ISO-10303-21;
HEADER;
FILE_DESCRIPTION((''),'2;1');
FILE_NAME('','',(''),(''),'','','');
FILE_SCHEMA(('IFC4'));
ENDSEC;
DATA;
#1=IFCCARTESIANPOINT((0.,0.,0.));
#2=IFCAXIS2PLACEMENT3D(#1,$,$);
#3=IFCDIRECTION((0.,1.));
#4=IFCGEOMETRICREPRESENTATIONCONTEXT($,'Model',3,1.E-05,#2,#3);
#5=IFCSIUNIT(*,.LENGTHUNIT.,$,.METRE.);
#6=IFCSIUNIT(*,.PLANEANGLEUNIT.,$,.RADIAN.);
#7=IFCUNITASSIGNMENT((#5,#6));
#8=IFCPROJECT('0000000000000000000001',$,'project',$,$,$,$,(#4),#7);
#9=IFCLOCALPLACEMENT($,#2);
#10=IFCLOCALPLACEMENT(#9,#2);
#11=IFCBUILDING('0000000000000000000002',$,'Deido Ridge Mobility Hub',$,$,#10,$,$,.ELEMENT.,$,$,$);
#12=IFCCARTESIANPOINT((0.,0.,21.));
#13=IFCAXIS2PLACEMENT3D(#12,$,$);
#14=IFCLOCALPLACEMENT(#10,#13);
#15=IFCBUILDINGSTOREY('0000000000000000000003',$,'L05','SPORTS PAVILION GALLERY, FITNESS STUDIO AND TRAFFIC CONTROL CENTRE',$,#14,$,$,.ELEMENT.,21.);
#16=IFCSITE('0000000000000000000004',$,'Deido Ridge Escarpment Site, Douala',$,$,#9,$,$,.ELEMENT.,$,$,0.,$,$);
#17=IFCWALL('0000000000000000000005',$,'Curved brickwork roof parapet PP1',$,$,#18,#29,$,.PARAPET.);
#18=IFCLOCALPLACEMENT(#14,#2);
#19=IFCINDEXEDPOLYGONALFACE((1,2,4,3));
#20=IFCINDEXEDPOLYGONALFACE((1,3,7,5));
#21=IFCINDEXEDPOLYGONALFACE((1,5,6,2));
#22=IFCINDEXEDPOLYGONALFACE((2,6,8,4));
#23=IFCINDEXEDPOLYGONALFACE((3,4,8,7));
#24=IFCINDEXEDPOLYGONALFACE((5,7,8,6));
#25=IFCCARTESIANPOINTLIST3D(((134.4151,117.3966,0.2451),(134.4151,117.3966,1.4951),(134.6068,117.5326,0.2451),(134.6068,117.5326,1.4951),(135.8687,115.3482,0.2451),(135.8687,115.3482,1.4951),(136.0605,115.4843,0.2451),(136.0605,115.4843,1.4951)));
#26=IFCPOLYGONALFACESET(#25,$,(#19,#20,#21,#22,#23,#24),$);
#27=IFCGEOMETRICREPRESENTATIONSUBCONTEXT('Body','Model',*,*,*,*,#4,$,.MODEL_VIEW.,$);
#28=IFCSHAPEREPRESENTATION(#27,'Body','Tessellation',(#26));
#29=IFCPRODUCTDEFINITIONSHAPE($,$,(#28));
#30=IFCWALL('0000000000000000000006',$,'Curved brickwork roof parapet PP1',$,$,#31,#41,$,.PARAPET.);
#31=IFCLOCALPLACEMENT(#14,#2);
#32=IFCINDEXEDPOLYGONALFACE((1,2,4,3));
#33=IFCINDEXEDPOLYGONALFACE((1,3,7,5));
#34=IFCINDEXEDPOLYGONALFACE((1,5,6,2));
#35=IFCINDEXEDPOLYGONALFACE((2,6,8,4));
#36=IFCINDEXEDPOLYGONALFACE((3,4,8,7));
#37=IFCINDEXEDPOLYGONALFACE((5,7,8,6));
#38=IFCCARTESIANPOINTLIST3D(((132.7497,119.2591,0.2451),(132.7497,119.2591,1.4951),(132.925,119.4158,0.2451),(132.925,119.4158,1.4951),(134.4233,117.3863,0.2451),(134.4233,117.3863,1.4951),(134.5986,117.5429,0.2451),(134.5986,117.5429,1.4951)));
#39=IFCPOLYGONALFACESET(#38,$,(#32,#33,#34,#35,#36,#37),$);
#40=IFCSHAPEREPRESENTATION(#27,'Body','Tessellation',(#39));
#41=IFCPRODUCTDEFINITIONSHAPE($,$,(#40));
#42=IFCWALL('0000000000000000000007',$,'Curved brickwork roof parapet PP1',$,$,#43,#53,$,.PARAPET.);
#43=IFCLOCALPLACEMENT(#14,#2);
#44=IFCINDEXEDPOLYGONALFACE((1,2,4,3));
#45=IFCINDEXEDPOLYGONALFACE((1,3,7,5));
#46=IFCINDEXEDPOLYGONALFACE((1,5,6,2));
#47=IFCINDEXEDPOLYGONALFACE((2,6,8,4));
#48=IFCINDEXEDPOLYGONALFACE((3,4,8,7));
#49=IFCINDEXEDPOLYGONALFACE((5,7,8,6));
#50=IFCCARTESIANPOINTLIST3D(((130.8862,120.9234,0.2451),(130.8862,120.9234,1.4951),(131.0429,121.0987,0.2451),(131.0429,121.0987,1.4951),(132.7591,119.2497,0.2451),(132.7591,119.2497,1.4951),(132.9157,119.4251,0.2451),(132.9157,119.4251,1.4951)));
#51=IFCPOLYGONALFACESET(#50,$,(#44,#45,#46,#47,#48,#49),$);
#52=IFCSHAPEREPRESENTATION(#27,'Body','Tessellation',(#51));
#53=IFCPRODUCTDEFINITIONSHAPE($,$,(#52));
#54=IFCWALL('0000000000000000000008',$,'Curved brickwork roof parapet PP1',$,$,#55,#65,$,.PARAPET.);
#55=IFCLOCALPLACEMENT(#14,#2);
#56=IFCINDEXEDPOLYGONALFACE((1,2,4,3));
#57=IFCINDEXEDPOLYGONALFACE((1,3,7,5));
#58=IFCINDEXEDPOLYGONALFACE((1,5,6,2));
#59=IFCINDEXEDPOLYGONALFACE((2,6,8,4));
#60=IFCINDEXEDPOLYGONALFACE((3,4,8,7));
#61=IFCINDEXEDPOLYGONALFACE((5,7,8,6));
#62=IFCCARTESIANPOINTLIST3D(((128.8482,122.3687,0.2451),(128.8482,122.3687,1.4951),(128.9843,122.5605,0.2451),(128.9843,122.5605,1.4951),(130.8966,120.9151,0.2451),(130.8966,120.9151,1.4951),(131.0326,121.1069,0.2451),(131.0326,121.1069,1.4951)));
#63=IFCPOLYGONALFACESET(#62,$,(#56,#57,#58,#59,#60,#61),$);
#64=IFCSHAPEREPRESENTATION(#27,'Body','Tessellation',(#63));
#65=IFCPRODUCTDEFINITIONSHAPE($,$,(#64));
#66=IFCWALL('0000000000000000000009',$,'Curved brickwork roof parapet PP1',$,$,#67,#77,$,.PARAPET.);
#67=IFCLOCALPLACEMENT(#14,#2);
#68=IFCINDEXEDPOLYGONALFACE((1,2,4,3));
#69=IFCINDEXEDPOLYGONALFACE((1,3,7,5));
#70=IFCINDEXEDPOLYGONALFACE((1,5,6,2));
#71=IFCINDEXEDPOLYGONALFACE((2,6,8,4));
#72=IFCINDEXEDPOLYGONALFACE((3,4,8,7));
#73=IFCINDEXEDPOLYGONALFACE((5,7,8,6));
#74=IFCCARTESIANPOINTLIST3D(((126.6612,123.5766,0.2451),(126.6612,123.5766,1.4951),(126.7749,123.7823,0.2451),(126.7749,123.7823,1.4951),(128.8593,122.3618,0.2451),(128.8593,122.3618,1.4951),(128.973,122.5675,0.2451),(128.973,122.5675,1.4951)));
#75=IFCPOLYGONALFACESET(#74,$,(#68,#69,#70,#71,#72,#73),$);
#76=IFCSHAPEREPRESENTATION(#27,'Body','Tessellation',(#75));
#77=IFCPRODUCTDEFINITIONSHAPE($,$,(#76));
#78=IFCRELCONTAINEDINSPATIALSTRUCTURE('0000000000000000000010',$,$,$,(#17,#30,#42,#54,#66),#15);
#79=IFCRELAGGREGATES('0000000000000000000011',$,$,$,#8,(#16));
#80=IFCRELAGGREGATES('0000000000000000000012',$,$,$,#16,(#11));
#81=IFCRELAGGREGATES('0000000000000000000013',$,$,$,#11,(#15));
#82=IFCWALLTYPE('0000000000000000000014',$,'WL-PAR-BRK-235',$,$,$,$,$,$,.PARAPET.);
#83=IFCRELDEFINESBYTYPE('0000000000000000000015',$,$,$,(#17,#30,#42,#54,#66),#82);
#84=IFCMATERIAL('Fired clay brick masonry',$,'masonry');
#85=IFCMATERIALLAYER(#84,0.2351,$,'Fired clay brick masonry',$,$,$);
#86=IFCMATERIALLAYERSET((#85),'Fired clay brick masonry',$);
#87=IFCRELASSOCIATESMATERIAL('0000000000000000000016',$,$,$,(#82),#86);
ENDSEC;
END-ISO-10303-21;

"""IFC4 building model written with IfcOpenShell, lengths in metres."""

from ifc_helpers import new_model, si_unit, direction, frame, frame_2d, origin, place, context, subcontext, project, spatial, rectangle, extrude, material, layer, layer_set, type_object, element, save


model = new_model("IFC4")

# Units and contexts
model_context = context("Model", 3, precision=1e-05, world=origin(), true_north=direction((0.0, 1.0)))
body_context = subcontext(model_context, "Body", "Model", "MODEL_VIEW")
ifc_project = project(units=[si_unit("LENGTHUNIT", "METRE"), si_unit("PLANEANGLEUNIT", "RADIAN")], contexts=[model_context])

# Site, building, storey
site_placement = place(None, origin())
site = spatial("IfcSite", under=ifc_project, at=site_placement, Name="Deido Ridge Escarpment Site, Douala", CompositionType="ELEMENT", RefElevation=0.0)
building_placement = place(site_placement, origin())
building = spatial("IfcBuilding", under=site, at=building_placement, Name="Deido Ridge Mobility Hub", CompositionType="ELEMENT")
storey_placement = place(building_placement, frame((0.0, 0.0, 21.0)))
storey = spatial("IfcBuildingStorey", under=building, at=storey_placement, Name="L05", Description="SPORTS PAVILION GALLERY, FITNESS STUDIO AND TRAFFIC CONTROL CENTRE", CompositionType="ELEMENT", Elevation=21.0)

# Walls
ifc_material_1 = material(Name="Fired clay brick masonry", Category="masonry")
ifc_layer_1 = layer(ifc_material_1, 0.2351, Name="Fired clay brick masonry")
ifc_layer_set_1 = layer_set([ifc_layer_1], Name="Fired clay brick masonry")
wall_type = type_object("IfcWallType", Name="WL-PAR-BRK-235", PredefinedType="PARAPET", material=ifc_layer_set_1)
for number, where, z_axis, x_axis, name in (
    (1, (135.9646, 115.4163, 0.2451), (0.0, 0.0, 1.0), (-0.578734, 0.815516, 0.0), "Curved brickwork roof parapet PP1"),
    (2, (134.511, 117.4646, 0.2451), (0.0, 0.0, 1.0), (-0.666334, 0.745653, 0.0), "Curved brickwork roof parapet PP1"),
    (3, (132.8374, 119.3374, 0.2451), (0.0, 0.0, 1.0), (-0.745653, 0.666334, 0.0), "Curved brickwork roof parapet PP1"),
    (4, (130.9646, 121.011, 0.2451), (0.0, 0.0, 1.0), (-0.815516, 0.578734, 0.0), "Curved brickwork roof parapet PP1"),
):
    element("IfcWall", number, at=place(storey_placement, frame(where, z_axis=z_axis, x_axis=x_axis)), inside=storey, type_object=wall_type, Name=name, PredefinedType="PARAPET", context=body_context, shape_type="SweptSolid", body=[
        extrude(rectangle(XDim=2.5117, YDim=0.2351, at=frame_2d((1.2559, 0.0))), origin(), (0.0, 0.0, 1.0), 1.25),
    ])
wall_1_placement = place(storey_placement, frame((128.9163, 122.4646, 0.2451), z_axis=(0.0, 0.0, 1.0), x_axis=(-0.875237, 0.483694, 0.0)))
element("IfcWall", 5, at=wall_1_placement, inside=storey, type_object=wall_type, Name="Curved brickwork roof parapet PP1", PredefinedType="PARAPET", context=body_context, shape_type="SweptSolid", body=[
    extrude(rectangle(XDim=2.5115, YDim=0.2351, at=frame_2d((1.2559, 0.0))), origin(), (0.0, 0.0, 1.0), 1.25),
])

save(model, "model.ifc")
